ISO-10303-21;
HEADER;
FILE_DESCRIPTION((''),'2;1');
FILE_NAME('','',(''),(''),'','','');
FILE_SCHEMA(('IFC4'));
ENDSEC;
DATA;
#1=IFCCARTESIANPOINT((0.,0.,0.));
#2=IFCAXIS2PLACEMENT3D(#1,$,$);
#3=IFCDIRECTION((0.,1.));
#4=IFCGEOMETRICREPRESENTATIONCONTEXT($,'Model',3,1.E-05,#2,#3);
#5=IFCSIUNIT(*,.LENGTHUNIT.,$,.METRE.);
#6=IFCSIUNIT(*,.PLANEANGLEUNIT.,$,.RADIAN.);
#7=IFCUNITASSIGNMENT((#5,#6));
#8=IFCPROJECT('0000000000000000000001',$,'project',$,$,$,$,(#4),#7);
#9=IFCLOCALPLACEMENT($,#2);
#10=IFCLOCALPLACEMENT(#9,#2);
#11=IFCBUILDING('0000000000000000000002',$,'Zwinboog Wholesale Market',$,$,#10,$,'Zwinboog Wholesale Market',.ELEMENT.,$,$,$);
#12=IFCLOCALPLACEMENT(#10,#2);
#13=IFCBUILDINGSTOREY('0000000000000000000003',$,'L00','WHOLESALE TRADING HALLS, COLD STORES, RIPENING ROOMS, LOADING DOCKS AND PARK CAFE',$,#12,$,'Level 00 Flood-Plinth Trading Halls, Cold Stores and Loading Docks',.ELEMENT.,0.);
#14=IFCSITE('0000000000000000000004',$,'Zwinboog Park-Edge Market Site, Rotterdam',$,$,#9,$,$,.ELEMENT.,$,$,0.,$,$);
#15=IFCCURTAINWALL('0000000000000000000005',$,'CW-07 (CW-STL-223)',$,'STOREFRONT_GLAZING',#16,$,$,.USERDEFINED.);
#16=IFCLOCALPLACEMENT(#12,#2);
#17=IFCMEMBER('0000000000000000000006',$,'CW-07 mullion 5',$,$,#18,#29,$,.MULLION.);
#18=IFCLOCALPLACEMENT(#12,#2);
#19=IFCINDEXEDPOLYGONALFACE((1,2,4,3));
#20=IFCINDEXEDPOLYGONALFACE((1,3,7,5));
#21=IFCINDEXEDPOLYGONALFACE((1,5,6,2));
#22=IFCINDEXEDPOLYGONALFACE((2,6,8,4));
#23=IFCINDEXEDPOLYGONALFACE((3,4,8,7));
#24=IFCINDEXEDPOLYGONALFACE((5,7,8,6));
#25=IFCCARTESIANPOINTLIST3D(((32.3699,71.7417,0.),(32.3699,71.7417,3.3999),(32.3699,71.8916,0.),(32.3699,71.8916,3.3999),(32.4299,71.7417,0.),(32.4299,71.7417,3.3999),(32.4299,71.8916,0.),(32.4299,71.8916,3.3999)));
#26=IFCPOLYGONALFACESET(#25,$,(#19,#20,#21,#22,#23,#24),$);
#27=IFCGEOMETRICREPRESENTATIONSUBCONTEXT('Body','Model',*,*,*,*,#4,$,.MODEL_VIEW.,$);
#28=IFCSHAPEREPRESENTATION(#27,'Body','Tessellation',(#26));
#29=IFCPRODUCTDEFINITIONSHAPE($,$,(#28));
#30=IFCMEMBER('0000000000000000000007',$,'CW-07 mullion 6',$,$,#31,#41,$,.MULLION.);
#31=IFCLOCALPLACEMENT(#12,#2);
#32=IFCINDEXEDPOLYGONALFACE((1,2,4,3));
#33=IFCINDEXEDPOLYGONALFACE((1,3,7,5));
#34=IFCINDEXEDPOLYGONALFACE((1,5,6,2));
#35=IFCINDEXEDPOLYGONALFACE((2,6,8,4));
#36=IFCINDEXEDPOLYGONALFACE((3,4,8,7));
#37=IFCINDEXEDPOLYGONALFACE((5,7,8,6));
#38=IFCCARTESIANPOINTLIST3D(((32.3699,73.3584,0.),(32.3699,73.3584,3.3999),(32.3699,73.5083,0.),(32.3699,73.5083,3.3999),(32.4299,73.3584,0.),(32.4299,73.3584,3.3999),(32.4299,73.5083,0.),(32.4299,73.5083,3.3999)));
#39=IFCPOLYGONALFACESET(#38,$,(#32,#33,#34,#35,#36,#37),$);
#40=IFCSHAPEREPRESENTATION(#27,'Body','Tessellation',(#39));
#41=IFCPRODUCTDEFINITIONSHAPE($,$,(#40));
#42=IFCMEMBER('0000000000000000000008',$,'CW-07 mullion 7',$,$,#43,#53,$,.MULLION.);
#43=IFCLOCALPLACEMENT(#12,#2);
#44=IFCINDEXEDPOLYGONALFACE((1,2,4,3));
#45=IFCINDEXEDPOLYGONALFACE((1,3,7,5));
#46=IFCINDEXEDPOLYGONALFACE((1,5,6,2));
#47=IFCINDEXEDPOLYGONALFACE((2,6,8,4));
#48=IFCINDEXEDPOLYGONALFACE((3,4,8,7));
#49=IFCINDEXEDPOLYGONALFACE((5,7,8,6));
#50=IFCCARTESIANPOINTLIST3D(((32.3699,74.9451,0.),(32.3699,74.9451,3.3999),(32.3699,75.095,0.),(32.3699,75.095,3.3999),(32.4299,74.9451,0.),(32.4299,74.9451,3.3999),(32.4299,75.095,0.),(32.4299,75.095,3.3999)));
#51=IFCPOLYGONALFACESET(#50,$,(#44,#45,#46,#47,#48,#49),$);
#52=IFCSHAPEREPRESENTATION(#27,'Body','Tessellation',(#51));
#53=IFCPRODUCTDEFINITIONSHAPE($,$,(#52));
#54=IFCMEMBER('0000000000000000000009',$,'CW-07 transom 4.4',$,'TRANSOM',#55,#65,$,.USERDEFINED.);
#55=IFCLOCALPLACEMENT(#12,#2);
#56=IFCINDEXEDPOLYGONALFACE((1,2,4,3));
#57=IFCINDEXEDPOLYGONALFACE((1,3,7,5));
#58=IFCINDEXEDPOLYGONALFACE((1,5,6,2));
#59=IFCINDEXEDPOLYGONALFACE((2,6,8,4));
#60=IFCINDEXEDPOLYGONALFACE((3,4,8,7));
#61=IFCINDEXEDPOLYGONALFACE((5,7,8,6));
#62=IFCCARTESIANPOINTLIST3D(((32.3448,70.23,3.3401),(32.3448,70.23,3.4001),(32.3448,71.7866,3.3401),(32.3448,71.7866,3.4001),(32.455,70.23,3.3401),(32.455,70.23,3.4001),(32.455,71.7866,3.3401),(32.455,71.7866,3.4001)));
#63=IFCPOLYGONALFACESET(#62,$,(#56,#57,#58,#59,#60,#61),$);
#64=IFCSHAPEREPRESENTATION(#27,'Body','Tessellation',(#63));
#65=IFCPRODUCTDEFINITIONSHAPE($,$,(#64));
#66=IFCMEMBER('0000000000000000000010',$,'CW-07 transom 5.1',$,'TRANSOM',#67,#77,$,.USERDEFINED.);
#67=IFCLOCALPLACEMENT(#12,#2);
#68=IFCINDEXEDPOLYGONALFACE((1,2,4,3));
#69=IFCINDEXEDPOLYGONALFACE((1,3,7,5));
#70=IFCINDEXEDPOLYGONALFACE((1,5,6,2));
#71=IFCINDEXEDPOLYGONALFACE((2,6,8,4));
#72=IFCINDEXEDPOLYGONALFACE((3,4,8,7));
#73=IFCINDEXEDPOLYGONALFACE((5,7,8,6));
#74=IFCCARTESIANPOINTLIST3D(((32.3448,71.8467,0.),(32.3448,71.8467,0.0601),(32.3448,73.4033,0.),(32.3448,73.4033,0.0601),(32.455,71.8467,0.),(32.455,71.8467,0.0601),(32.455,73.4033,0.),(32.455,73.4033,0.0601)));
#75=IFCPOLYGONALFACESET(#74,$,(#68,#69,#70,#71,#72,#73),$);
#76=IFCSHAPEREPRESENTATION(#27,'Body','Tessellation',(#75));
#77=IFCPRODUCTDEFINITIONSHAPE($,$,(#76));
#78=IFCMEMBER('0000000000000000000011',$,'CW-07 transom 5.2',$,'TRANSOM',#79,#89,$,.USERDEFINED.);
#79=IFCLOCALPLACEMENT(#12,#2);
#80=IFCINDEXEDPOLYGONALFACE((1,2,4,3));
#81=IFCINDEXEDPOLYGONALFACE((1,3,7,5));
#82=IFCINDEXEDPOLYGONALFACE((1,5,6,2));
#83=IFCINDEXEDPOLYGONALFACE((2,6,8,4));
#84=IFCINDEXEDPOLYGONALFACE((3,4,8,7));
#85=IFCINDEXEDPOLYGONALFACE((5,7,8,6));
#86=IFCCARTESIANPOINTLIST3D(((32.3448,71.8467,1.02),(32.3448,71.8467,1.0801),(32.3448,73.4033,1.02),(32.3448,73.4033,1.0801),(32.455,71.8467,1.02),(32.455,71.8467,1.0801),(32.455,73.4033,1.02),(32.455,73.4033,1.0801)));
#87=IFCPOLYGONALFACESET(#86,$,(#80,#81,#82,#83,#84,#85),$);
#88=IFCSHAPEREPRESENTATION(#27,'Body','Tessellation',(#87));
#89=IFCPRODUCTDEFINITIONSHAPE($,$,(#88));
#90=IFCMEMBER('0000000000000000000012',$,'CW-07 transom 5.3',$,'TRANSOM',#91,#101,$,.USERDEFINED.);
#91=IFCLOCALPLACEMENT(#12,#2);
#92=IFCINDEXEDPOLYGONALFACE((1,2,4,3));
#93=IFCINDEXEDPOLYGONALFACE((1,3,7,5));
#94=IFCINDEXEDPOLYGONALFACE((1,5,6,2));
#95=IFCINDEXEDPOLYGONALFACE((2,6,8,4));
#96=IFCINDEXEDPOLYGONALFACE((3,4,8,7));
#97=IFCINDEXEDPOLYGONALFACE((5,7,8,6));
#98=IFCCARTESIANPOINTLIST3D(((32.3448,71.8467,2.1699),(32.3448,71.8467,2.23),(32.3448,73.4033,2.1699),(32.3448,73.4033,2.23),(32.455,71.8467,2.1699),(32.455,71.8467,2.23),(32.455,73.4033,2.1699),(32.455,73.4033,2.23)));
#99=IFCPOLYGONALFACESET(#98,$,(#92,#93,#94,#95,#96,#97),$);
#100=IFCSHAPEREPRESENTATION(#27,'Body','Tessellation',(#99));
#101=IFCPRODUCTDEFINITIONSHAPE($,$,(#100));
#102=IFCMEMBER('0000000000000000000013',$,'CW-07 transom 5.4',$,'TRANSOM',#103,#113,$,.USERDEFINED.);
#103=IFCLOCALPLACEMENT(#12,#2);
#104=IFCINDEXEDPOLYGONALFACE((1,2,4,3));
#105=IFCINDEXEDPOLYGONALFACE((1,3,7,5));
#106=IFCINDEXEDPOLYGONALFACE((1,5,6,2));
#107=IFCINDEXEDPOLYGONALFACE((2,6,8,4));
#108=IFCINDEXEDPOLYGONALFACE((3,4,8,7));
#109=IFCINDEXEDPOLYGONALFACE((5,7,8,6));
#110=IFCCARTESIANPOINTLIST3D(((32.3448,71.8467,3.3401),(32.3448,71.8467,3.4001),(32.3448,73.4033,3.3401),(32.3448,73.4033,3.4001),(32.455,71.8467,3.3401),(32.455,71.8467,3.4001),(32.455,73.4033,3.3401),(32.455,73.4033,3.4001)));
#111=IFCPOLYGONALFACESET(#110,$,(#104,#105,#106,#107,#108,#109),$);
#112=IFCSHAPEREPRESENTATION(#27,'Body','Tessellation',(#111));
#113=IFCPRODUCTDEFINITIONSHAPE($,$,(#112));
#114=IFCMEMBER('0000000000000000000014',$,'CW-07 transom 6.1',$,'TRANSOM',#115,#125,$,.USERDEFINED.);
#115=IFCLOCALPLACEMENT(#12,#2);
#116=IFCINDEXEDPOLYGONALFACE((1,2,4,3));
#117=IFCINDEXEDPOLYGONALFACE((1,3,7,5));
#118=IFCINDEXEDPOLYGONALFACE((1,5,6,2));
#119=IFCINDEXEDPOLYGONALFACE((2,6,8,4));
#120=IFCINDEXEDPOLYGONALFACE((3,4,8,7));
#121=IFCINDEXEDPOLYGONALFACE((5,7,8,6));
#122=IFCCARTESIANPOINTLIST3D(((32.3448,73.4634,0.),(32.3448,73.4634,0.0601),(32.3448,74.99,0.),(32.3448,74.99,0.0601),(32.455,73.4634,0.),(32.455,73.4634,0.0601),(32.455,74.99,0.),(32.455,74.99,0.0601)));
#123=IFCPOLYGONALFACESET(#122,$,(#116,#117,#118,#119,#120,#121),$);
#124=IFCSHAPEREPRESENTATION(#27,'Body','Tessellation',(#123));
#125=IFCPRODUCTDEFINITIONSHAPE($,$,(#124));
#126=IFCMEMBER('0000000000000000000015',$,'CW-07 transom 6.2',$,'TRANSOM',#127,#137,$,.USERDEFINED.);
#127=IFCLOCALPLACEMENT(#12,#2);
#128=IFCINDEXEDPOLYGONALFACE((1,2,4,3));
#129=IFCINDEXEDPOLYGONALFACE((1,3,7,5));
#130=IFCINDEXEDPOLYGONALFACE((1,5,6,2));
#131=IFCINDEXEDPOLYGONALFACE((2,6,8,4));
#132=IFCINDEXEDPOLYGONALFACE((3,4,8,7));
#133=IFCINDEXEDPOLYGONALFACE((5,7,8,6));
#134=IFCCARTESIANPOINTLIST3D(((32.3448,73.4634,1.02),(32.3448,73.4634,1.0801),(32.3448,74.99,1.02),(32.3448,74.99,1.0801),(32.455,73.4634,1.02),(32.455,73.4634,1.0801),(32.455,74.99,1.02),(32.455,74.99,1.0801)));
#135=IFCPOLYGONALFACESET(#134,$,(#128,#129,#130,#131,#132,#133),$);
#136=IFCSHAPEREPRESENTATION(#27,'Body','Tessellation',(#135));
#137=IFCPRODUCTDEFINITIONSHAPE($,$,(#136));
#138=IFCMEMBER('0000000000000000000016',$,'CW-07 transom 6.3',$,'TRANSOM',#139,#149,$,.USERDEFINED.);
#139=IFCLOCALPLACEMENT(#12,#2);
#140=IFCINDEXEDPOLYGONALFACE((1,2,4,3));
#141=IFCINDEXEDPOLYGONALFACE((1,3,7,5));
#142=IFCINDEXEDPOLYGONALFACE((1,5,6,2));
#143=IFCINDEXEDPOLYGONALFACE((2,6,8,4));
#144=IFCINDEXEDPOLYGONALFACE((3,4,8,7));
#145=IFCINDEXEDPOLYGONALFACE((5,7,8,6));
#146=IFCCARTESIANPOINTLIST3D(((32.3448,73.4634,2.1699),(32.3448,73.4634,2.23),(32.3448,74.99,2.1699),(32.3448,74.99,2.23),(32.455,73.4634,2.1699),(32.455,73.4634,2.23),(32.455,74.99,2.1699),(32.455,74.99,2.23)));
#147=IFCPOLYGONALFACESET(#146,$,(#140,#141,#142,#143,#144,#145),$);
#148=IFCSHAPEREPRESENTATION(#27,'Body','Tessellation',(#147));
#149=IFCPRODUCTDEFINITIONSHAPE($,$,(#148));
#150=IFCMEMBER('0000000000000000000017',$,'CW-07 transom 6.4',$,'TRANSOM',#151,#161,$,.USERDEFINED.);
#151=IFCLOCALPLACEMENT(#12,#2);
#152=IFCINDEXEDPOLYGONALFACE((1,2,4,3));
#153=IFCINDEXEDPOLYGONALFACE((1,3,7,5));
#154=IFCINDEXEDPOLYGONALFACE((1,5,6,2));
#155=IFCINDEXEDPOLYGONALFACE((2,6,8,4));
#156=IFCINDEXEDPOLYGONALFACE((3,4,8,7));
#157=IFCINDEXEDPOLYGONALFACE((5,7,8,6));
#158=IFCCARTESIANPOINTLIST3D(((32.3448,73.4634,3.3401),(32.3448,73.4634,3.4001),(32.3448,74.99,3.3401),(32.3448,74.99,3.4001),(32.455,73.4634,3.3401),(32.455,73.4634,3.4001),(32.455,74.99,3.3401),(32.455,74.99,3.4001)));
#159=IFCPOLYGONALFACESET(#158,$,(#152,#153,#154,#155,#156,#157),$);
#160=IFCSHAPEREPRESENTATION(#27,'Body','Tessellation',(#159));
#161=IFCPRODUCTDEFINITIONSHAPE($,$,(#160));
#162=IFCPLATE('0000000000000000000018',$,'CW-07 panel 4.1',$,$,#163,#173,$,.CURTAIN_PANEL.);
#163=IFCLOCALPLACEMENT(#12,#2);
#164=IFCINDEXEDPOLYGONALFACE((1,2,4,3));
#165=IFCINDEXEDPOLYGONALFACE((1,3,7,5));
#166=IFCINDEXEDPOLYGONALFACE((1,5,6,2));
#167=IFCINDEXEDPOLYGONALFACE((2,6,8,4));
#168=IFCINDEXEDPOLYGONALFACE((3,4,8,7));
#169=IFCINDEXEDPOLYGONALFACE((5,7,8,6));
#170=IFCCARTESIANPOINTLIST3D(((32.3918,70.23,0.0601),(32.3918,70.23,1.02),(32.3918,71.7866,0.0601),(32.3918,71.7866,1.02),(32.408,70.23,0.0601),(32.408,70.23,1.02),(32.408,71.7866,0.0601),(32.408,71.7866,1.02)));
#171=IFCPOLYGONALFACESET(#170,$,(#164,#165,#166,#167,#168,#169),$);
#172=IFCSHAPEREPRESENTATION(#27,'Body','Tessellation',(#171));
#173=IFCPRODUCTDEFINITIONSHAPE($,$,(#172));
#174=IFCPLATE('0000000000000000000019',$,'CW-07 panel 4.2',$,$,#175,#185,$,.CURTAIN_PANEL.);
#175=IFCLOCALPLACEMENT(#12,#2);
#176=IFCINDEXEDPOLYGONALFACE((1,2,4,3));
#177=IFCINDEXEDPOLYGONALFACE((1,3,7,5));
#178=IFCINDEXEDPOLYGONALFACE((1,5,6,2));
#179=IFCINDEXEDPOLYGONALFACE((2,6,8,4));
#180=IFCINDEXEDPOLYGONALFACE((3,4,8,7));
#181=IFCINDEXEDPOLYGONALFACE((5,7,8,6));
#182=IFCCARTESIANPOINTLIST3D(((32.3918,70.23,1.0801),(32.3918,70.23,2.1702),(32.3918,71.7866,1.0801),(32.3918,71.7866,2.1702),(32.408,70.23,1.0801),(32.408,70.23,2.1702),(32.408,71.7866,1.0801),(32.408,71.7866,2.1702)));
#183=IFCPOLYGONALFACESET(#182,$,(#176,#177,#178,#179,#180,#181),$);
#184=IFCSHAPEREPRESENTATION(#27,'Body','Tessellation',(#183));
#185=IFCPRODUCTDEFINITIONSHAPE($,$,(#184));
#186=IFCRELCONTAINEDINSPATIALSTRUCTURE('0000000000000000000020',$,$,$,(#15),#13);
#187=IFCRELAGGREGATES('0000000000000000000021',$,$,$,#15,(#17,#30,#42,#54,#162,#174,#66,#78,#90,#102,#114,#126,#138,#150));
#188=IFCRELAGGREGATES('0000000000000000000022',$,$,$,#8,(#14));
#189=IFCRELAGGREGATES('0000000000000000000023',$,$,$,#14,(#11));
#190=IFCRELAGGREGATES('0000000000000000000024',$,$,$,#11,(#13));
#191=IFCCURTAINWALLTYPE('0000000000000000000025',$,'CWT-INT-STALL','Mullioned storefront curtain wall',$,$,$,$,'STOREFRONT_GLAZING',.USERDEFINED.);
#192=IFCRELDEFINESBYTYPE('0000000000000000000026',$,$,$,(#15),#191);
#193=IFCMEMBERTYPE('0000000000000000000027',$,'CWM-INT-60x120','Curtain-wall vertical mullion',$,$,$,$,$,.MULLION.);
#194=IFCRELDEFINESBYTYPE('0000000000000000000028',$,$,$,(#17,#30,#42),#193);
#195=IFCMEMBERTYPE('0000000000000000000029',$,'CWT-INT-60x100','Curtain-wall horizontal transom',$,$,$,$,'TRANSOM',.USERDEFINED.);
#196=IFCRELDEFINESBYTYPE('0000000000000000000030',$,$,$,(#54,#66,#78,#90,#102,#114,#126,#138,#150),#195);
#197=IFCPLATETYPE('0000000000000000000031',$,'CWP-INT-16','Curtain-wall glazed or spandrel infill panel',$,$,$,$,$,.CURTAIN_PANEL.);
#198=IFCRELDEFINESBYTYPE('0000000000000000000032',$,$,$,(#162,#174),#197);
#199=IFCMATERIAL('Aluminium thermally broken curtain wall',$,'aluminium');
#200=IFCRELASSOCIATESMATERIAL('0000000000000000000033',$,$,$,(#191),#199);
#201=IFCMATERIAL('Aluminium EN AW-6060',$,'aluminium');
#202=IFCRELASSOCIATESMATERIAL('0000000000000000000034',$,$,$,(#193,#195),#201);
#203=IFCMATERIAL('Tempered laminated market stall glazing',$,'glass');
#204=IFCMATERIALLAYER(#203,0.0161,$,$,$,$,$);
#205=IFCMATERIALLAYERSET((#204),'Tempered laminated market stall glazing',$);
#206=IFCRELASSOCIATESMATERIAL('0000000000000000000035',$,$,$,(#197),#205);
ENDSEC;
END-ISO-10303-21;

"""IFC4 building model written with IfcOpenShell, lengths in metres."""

from ifc_helpers import new_model, si_unit, direction, frame, origin, origin_2d, place, context, subcontext, project, spatial, rectangle, extrude, material, layer, layer_set, material_profile, profile_set, type_object, element, aggregate, save


model = new_model("IFC4")

# Units and contexts
model_context = context("Model", 3, precision=1e-05, world=origin(), true_north=direction((0.0, 1.0)))
body_context = subcontext(model_context, "Body", "Model", "MODEL_VIEW")
ifc_project = project(units=[si_unit("LENGTHUNIT", "METRE"), si_unit("PLANEANGLEUNIT", "RADIAN")], contexts=[model_context])

# Site, building, storey
site_placement = place(None, origin())
site = spatial("IfcSite", under=ifc_project, at=site_placement, Name="Zwinboog Park-Edge Market Site, Rotterdam", CompositionType="ELEMENT", RefElevation=0.0)
building_placement = place(site_placement, origin())
building = spatial("IfcBuilding", under=site, at=building_placement, Name="Zwinboog Wholesale Market", LongName="Zwinboog Wholesale Market", CompositionType="ELEMENT")
storey_placement = place(building_placement, origin())
storey = spatial("IfcBuildingStorey", under=building, at=storey_placement, Name="L00", Description="WHOLESALE TRADING HALLS, COLD STORES, RIPENING ROOMS, LOADING DOCKS AND PARK CAFE", LongName="Level 00 Flood-Plinth Trading Halls, Cold Stores and Loading Docks", CompositionType="ELEMENT", Elevation=0.0)

# Curtain wall, members, plates
ifc_material_1 = material(Name="Aluminium thermally broken curtain wall", Category="aluminium")
curtain_wall_type = type_object("IfcCurtainWallType", Name="CWT-INT-STALL", Description="Mullioned storefront curtain wall", ElementType="STOREFRONT_GLAZING", PredefinedType="USERDEFINED", material=ifc_material_1)
curtain_wall_placement = place(storey_placement, origin())
curtain_wall = element("IfcCurtainWall", 1, at=curtain_wall_placement, inside=storey, type_object=curtain_wall_type, Name="CW-07 (CW-STL-223)", ObjectType="STOREFRONT_GLAZING", PredefinedType="USERDEFINED")
ifc_material_2 = material(Name="Aluminium EN AW-6060", Category="aluminium")
ifc_material_profile_1 = material_profile(ifc_material_2, rectangle(XDim=0.0601, YDim=0.1499, at=origin_2d()), Name="AL 60x150")
ifc_profile_set_1 = profile_set([ifc_material_profile_1], Name="Aluminium EN AW-6060")
member_type_1 = type_object("IfcMemberType", Name="CWM-INT-60x120", Description="Curtain-wall vertical mullion", PredefinedType="MULLION", material=ifc_profile_set_1)
member_1_placement = place(storey_placement, frame((32.3999, 71.8167, 0.0), z_axis=(0.0, 0.0, 1.0), x_axis=(-1.0, 0.0, 0.0)))
member_1 = element("IfcMember", 2, at=member_1_placement, type_object=member_type_1, Name="CW-07 mullion 5", PredefinedType="MULLION", context=body_context, shape_type="SweptSolid", body=[
    extrude(rectangle(XDim=0.0601, YDim=0.1499, at=origin_2d()), origin(), (0.0, 0.0, 1.0), 3.3999),
])
member_2_placement = place(storey_placement, frame((32.3999, 73.4333, 0.0), z_axis=(0.0, 0.0, 1.0), x_axis=(-1.0, 0.0, 0.0)))
member_2 = element("IfcMember", 3, at=member_2_placement, type_object=member_type_1, Name="CW-07 mullion 6", PredefinedType="MULLION", context=body_context, shape_type="SweptSolid", body=[
    extrude(rectangle(XDim=0.0601, YDim=0.1499, at=origin_2d()), origin(), (0.0, 0.0, 1.0), 3.3999),
])
member_3_placement = place(storey_placement, frame((32.3999, 75.02, 0.0), z_axis=(0.0, 0.0, 1.0), x_axis=(-1.0, 0.0, 0.0)))
member_3 = element("IfcMember", 4, at=member_3_placement, type_object=member_type_1, Name="CW-07 mullion 7", PredefinedType="MULLION", context=body_context, shape_type="SweptSolid", body=[
    extrude(rectangle(XDim=0.0601, YDim=0.1499, at=origin_2d()), origin(), (0.0, 0.0, 1.0), 3.3999),
])
ifc_material_profile_2 = material_profile(ifc_material_2, rectangle(XDim=0.1101, YDim=0.0601, at=origin_2d()), Name="AL 60x110")
ifc_profile_set_2 = profile_set([ifc_material_profile_2], Name="Aluminium EN AW-6060")
member_type_2 = type_object("IfcMemberType", Name="CWT-INT-60x100", Description="Curtain-wall horizontal transom", ElementType="TRANSOM", PredefinedType="USERDEFINED", material=ifc_profile_set_2)
member_4_placement = place(storey_placement, frame((32.3999, 70.23, 3.3701), z_axis=(0.0, 1.0, 0.0), x_axis=(-1.0, 0.0, 0.0)))
member_4 = element("IfcMember", 5, at=member_4_placement, type_object=member_type_2, Name="CW-07 transom 4.4", ObjectType="TRANSOM", PredefinedType="USERDEFINED", context=body_context, shape_type="SweptSolid", body=[
    extrude(rectangle(XDim=0.1101, YDim=0.0601, at=origin_2d()), origin(), (0.0, 0.0, 1.0), 1.5566),
])
member_5_placement = place(storey_placement, frame((32.3999, 71.8467, 0.03), z_axis=(0.0, 1.0, 0.0), x_axis=(-1.0, 0.0, 0.0)))
member_5 = element("IfcMember", 6, at=member_5_placement, type_object=member_type_2, Name="CW-07 transom 5.1", ObjectType="TRANSOM", PredefinedType="USERDEFINED", context=body_context, shape_type="SweptSolid", body=[
    extrude(rectangle(XDim=0.1101, YDim=0.0601, at=origin_2d()), origin(), (0.0, 0.0, 1.0), 1.5566),
])
member_6_placement = place(storey_placement, frame((32.3999, 71.8467, 1.05), z_axis=(0.0, 1.0, 0.0), x_axis=(-1.0, 0.0, 0.0)))
member_6 = element("IfcMember", 7, at=member_6_placement, type_object=member_type_2, Name="CW-07 transom 5.2", ObjectType="TRANSOM", PredefinedType="USERDEFINED", context=body_context, shape_type="SweptSolid", body=[
    extrude(rectangle(XDim=0.1101, YDim=0.0601, at=origin_2d()), origin(), (0.0, 0.0, 1.0), 1.5566),
])
member_7_placement = place(storey_placement, frame((32.3999, 71.8467, 2.2), z_axis=(0.0, 1.0, 0.0), x_axis=(-1.0, 0.0, 0.0)))
member_7 = element("IfcMember", 8, at=member_7_placement, type_object=member_type_2, Name="CW-07 transom 5.3", ObjectType="TRANSOM", PredefinedType="USERDEFINED", context=body_context, shape_type="SweptSolid", body=[
    extrude(rectangle(XDim=0.1101, YDim=0.0601, at=origin_2d()), origin(), (0.0, 0.0, 1.0), 1.5566),
])
member_8_placement = place(storey_placement, frame((32.3999, 71.8467, 3.3701), z_axis=(0.0, 1.0, 0.0), x_axis=(-1.0, 0.0, 0.0)))
member_8 = element("IfcMember", 9, at=member_8_placement, type_object=member_type_2, Name="CW-07 transom 5.4", ObjectType="TRANSOM", PredefinedType="USERDEFINED", context=body_context, shape_type="SweptSolid", body=[
    extrude(rectangle(XDim=0.1101, YDim=0.0601, at=origin_2d()), origin(), (0.0, 0.0, 1.0), 1.5566),
])
member_9_placement = place(storey_placement, frame((32.3999, 73.4634, 0.03), z_axis=(0.0, 1.0, 0.0), x_axis=(-1.0, 0.0, 0.0)))
member_9 = element("IfcMember", 10, at=member_9_placement, type_object=member_type_2, Name="CW-07 transom 6.1", ObjectType="TRANSOM", PredefinedType="USERDEFINED", context=body_context, shape_type="SweptSolid", body=[
    extrude(rectangle(XDim=0.1101, YDim=0.0601, at=origin_2d()), origin(), (0.0, 0.0, 1.0), 1.5266),
])
member_10_placement = place(storey_placement, frame((32.3999, 73.4634, 1.05), z_axis=(0.0, 1.0, 0.0), x_axis=(-1.0, 0.0, 0.0)))
member_10 = element("IfcMember", 11, at=member_10_placement, type_object=member_type_2, Name="CW-07 transom 6.2", ObjectType="TRANSOM", PredefinedType="USERDEFINED", context=body_context, shape_type="SweptSolid", body=[
    extrude(rectangle(XDim=0.1101, YDim=0.0601, at=origin_2d()), origin(), (0.0, 0.0, 1.0), 1.5266),
])
member_11_placement = place(storey_placement, frame((32.3999, 73.4634, 2.2), z_axis=(0.0, 1.0, 0.0), x_axis=(-1.0, 0.0, 0.0)))
member_11 = element("IfcMember", 12, at=member_11_placement, type_object=member_type_2, Name="CW-07 transom 6.3", ObjectType="TRANSOM", PredefinedType="USERDEFINED", context=body_context, shape_type="SweptSolid", body=[
    extrude(rectangle(XDim=0.1101, YDim=0.0601, at=origin_2d()), origin(), (0.0, 0.0, 1.0), 1.5266),
])
member_12_placement = place(storey_placement, frame((32.3999, 73.4634, 3.3701), z_axis=(0.0, 1.0, 0.0), x_axis=(-1.0, 0.0, 0.0)))
member_12 = element("IfcMember", 13, at=member_12_placement, type_object=member_type_2, Name="CW-07 transom 6.4", ObjectType="TRANSOM", PredefinedType="USERDEFINED", context=body_context, shape_type="SweptSolid", body=[
    extrude(rectangle(XDim=0.1101, YDim=0.0601, at=origin_2d()), origin(), (0.0, 0.0, 1.0), 1.5266),
])
ifc_material_3 = material(Name="Tempered laminated market stall glazing", Category="glass")
ifc_layer = layer(ifc_material_3, 0.0161)
ifc_layer_set = layer_set([ifc_layer], Name="Tempered laminated market stall glazing")
plate_type = type_object("IfcPlateType", Name="CWP-INT-16", Description="Curtain-wall glazed or spandrel infill panel", PredefinedType="CURTAIN_PANEL", material=ifc_layer_set)
plate_1_placement = place(storey_placement, frame((32.3999, 71.0083, 0.0601), z_axis=(0.0, 0.0, 1.0), x_axis=(0.0, 1.0, 0.0)))
plate_1 = element("IfcPlate", 14, at=plate_1_placement, type_object=plate_type, Name="CW-07 panel 4.1", PredefinedType="CURTAIN_PANEL", context=body_context, shape_type="SweptSolid", body=[
    extrude(rectangle(XDim=1.5566, YDim=0.0161, at=origin_2d()), origin(), (0.0, 0.0, 1.0), 0.96),
])
plate_2_placement = place(storey_placement, frame((32.3999, 71.0083, 1.0801), z_axis=(0.0, 0.0, 1.0), x_axis=(0.0, 1.0, 0.0)))
plate_2 = element("IfcPlate", 15, at=plate_2_placement, type_object=plate_type, Name="CW-07 panel 4.2", PredefinedType="CURTAIN_PANEL", context=body_context, shape_type="SweptSolid", body=[
    extrude(rectangle(XDim=1.5566, YDim=0.0161, at=origin_2d()), origin(), (0.0, 0.0, 1.0), 1.0901),
])
aggregate(curtain_wall, [member_1, member_2, member_3, member_4, plate_1, plate_2, member_5, member_6, member_7, member_8, member_9, member_10, member_11, member_12])

save(model, "model.ifc")
